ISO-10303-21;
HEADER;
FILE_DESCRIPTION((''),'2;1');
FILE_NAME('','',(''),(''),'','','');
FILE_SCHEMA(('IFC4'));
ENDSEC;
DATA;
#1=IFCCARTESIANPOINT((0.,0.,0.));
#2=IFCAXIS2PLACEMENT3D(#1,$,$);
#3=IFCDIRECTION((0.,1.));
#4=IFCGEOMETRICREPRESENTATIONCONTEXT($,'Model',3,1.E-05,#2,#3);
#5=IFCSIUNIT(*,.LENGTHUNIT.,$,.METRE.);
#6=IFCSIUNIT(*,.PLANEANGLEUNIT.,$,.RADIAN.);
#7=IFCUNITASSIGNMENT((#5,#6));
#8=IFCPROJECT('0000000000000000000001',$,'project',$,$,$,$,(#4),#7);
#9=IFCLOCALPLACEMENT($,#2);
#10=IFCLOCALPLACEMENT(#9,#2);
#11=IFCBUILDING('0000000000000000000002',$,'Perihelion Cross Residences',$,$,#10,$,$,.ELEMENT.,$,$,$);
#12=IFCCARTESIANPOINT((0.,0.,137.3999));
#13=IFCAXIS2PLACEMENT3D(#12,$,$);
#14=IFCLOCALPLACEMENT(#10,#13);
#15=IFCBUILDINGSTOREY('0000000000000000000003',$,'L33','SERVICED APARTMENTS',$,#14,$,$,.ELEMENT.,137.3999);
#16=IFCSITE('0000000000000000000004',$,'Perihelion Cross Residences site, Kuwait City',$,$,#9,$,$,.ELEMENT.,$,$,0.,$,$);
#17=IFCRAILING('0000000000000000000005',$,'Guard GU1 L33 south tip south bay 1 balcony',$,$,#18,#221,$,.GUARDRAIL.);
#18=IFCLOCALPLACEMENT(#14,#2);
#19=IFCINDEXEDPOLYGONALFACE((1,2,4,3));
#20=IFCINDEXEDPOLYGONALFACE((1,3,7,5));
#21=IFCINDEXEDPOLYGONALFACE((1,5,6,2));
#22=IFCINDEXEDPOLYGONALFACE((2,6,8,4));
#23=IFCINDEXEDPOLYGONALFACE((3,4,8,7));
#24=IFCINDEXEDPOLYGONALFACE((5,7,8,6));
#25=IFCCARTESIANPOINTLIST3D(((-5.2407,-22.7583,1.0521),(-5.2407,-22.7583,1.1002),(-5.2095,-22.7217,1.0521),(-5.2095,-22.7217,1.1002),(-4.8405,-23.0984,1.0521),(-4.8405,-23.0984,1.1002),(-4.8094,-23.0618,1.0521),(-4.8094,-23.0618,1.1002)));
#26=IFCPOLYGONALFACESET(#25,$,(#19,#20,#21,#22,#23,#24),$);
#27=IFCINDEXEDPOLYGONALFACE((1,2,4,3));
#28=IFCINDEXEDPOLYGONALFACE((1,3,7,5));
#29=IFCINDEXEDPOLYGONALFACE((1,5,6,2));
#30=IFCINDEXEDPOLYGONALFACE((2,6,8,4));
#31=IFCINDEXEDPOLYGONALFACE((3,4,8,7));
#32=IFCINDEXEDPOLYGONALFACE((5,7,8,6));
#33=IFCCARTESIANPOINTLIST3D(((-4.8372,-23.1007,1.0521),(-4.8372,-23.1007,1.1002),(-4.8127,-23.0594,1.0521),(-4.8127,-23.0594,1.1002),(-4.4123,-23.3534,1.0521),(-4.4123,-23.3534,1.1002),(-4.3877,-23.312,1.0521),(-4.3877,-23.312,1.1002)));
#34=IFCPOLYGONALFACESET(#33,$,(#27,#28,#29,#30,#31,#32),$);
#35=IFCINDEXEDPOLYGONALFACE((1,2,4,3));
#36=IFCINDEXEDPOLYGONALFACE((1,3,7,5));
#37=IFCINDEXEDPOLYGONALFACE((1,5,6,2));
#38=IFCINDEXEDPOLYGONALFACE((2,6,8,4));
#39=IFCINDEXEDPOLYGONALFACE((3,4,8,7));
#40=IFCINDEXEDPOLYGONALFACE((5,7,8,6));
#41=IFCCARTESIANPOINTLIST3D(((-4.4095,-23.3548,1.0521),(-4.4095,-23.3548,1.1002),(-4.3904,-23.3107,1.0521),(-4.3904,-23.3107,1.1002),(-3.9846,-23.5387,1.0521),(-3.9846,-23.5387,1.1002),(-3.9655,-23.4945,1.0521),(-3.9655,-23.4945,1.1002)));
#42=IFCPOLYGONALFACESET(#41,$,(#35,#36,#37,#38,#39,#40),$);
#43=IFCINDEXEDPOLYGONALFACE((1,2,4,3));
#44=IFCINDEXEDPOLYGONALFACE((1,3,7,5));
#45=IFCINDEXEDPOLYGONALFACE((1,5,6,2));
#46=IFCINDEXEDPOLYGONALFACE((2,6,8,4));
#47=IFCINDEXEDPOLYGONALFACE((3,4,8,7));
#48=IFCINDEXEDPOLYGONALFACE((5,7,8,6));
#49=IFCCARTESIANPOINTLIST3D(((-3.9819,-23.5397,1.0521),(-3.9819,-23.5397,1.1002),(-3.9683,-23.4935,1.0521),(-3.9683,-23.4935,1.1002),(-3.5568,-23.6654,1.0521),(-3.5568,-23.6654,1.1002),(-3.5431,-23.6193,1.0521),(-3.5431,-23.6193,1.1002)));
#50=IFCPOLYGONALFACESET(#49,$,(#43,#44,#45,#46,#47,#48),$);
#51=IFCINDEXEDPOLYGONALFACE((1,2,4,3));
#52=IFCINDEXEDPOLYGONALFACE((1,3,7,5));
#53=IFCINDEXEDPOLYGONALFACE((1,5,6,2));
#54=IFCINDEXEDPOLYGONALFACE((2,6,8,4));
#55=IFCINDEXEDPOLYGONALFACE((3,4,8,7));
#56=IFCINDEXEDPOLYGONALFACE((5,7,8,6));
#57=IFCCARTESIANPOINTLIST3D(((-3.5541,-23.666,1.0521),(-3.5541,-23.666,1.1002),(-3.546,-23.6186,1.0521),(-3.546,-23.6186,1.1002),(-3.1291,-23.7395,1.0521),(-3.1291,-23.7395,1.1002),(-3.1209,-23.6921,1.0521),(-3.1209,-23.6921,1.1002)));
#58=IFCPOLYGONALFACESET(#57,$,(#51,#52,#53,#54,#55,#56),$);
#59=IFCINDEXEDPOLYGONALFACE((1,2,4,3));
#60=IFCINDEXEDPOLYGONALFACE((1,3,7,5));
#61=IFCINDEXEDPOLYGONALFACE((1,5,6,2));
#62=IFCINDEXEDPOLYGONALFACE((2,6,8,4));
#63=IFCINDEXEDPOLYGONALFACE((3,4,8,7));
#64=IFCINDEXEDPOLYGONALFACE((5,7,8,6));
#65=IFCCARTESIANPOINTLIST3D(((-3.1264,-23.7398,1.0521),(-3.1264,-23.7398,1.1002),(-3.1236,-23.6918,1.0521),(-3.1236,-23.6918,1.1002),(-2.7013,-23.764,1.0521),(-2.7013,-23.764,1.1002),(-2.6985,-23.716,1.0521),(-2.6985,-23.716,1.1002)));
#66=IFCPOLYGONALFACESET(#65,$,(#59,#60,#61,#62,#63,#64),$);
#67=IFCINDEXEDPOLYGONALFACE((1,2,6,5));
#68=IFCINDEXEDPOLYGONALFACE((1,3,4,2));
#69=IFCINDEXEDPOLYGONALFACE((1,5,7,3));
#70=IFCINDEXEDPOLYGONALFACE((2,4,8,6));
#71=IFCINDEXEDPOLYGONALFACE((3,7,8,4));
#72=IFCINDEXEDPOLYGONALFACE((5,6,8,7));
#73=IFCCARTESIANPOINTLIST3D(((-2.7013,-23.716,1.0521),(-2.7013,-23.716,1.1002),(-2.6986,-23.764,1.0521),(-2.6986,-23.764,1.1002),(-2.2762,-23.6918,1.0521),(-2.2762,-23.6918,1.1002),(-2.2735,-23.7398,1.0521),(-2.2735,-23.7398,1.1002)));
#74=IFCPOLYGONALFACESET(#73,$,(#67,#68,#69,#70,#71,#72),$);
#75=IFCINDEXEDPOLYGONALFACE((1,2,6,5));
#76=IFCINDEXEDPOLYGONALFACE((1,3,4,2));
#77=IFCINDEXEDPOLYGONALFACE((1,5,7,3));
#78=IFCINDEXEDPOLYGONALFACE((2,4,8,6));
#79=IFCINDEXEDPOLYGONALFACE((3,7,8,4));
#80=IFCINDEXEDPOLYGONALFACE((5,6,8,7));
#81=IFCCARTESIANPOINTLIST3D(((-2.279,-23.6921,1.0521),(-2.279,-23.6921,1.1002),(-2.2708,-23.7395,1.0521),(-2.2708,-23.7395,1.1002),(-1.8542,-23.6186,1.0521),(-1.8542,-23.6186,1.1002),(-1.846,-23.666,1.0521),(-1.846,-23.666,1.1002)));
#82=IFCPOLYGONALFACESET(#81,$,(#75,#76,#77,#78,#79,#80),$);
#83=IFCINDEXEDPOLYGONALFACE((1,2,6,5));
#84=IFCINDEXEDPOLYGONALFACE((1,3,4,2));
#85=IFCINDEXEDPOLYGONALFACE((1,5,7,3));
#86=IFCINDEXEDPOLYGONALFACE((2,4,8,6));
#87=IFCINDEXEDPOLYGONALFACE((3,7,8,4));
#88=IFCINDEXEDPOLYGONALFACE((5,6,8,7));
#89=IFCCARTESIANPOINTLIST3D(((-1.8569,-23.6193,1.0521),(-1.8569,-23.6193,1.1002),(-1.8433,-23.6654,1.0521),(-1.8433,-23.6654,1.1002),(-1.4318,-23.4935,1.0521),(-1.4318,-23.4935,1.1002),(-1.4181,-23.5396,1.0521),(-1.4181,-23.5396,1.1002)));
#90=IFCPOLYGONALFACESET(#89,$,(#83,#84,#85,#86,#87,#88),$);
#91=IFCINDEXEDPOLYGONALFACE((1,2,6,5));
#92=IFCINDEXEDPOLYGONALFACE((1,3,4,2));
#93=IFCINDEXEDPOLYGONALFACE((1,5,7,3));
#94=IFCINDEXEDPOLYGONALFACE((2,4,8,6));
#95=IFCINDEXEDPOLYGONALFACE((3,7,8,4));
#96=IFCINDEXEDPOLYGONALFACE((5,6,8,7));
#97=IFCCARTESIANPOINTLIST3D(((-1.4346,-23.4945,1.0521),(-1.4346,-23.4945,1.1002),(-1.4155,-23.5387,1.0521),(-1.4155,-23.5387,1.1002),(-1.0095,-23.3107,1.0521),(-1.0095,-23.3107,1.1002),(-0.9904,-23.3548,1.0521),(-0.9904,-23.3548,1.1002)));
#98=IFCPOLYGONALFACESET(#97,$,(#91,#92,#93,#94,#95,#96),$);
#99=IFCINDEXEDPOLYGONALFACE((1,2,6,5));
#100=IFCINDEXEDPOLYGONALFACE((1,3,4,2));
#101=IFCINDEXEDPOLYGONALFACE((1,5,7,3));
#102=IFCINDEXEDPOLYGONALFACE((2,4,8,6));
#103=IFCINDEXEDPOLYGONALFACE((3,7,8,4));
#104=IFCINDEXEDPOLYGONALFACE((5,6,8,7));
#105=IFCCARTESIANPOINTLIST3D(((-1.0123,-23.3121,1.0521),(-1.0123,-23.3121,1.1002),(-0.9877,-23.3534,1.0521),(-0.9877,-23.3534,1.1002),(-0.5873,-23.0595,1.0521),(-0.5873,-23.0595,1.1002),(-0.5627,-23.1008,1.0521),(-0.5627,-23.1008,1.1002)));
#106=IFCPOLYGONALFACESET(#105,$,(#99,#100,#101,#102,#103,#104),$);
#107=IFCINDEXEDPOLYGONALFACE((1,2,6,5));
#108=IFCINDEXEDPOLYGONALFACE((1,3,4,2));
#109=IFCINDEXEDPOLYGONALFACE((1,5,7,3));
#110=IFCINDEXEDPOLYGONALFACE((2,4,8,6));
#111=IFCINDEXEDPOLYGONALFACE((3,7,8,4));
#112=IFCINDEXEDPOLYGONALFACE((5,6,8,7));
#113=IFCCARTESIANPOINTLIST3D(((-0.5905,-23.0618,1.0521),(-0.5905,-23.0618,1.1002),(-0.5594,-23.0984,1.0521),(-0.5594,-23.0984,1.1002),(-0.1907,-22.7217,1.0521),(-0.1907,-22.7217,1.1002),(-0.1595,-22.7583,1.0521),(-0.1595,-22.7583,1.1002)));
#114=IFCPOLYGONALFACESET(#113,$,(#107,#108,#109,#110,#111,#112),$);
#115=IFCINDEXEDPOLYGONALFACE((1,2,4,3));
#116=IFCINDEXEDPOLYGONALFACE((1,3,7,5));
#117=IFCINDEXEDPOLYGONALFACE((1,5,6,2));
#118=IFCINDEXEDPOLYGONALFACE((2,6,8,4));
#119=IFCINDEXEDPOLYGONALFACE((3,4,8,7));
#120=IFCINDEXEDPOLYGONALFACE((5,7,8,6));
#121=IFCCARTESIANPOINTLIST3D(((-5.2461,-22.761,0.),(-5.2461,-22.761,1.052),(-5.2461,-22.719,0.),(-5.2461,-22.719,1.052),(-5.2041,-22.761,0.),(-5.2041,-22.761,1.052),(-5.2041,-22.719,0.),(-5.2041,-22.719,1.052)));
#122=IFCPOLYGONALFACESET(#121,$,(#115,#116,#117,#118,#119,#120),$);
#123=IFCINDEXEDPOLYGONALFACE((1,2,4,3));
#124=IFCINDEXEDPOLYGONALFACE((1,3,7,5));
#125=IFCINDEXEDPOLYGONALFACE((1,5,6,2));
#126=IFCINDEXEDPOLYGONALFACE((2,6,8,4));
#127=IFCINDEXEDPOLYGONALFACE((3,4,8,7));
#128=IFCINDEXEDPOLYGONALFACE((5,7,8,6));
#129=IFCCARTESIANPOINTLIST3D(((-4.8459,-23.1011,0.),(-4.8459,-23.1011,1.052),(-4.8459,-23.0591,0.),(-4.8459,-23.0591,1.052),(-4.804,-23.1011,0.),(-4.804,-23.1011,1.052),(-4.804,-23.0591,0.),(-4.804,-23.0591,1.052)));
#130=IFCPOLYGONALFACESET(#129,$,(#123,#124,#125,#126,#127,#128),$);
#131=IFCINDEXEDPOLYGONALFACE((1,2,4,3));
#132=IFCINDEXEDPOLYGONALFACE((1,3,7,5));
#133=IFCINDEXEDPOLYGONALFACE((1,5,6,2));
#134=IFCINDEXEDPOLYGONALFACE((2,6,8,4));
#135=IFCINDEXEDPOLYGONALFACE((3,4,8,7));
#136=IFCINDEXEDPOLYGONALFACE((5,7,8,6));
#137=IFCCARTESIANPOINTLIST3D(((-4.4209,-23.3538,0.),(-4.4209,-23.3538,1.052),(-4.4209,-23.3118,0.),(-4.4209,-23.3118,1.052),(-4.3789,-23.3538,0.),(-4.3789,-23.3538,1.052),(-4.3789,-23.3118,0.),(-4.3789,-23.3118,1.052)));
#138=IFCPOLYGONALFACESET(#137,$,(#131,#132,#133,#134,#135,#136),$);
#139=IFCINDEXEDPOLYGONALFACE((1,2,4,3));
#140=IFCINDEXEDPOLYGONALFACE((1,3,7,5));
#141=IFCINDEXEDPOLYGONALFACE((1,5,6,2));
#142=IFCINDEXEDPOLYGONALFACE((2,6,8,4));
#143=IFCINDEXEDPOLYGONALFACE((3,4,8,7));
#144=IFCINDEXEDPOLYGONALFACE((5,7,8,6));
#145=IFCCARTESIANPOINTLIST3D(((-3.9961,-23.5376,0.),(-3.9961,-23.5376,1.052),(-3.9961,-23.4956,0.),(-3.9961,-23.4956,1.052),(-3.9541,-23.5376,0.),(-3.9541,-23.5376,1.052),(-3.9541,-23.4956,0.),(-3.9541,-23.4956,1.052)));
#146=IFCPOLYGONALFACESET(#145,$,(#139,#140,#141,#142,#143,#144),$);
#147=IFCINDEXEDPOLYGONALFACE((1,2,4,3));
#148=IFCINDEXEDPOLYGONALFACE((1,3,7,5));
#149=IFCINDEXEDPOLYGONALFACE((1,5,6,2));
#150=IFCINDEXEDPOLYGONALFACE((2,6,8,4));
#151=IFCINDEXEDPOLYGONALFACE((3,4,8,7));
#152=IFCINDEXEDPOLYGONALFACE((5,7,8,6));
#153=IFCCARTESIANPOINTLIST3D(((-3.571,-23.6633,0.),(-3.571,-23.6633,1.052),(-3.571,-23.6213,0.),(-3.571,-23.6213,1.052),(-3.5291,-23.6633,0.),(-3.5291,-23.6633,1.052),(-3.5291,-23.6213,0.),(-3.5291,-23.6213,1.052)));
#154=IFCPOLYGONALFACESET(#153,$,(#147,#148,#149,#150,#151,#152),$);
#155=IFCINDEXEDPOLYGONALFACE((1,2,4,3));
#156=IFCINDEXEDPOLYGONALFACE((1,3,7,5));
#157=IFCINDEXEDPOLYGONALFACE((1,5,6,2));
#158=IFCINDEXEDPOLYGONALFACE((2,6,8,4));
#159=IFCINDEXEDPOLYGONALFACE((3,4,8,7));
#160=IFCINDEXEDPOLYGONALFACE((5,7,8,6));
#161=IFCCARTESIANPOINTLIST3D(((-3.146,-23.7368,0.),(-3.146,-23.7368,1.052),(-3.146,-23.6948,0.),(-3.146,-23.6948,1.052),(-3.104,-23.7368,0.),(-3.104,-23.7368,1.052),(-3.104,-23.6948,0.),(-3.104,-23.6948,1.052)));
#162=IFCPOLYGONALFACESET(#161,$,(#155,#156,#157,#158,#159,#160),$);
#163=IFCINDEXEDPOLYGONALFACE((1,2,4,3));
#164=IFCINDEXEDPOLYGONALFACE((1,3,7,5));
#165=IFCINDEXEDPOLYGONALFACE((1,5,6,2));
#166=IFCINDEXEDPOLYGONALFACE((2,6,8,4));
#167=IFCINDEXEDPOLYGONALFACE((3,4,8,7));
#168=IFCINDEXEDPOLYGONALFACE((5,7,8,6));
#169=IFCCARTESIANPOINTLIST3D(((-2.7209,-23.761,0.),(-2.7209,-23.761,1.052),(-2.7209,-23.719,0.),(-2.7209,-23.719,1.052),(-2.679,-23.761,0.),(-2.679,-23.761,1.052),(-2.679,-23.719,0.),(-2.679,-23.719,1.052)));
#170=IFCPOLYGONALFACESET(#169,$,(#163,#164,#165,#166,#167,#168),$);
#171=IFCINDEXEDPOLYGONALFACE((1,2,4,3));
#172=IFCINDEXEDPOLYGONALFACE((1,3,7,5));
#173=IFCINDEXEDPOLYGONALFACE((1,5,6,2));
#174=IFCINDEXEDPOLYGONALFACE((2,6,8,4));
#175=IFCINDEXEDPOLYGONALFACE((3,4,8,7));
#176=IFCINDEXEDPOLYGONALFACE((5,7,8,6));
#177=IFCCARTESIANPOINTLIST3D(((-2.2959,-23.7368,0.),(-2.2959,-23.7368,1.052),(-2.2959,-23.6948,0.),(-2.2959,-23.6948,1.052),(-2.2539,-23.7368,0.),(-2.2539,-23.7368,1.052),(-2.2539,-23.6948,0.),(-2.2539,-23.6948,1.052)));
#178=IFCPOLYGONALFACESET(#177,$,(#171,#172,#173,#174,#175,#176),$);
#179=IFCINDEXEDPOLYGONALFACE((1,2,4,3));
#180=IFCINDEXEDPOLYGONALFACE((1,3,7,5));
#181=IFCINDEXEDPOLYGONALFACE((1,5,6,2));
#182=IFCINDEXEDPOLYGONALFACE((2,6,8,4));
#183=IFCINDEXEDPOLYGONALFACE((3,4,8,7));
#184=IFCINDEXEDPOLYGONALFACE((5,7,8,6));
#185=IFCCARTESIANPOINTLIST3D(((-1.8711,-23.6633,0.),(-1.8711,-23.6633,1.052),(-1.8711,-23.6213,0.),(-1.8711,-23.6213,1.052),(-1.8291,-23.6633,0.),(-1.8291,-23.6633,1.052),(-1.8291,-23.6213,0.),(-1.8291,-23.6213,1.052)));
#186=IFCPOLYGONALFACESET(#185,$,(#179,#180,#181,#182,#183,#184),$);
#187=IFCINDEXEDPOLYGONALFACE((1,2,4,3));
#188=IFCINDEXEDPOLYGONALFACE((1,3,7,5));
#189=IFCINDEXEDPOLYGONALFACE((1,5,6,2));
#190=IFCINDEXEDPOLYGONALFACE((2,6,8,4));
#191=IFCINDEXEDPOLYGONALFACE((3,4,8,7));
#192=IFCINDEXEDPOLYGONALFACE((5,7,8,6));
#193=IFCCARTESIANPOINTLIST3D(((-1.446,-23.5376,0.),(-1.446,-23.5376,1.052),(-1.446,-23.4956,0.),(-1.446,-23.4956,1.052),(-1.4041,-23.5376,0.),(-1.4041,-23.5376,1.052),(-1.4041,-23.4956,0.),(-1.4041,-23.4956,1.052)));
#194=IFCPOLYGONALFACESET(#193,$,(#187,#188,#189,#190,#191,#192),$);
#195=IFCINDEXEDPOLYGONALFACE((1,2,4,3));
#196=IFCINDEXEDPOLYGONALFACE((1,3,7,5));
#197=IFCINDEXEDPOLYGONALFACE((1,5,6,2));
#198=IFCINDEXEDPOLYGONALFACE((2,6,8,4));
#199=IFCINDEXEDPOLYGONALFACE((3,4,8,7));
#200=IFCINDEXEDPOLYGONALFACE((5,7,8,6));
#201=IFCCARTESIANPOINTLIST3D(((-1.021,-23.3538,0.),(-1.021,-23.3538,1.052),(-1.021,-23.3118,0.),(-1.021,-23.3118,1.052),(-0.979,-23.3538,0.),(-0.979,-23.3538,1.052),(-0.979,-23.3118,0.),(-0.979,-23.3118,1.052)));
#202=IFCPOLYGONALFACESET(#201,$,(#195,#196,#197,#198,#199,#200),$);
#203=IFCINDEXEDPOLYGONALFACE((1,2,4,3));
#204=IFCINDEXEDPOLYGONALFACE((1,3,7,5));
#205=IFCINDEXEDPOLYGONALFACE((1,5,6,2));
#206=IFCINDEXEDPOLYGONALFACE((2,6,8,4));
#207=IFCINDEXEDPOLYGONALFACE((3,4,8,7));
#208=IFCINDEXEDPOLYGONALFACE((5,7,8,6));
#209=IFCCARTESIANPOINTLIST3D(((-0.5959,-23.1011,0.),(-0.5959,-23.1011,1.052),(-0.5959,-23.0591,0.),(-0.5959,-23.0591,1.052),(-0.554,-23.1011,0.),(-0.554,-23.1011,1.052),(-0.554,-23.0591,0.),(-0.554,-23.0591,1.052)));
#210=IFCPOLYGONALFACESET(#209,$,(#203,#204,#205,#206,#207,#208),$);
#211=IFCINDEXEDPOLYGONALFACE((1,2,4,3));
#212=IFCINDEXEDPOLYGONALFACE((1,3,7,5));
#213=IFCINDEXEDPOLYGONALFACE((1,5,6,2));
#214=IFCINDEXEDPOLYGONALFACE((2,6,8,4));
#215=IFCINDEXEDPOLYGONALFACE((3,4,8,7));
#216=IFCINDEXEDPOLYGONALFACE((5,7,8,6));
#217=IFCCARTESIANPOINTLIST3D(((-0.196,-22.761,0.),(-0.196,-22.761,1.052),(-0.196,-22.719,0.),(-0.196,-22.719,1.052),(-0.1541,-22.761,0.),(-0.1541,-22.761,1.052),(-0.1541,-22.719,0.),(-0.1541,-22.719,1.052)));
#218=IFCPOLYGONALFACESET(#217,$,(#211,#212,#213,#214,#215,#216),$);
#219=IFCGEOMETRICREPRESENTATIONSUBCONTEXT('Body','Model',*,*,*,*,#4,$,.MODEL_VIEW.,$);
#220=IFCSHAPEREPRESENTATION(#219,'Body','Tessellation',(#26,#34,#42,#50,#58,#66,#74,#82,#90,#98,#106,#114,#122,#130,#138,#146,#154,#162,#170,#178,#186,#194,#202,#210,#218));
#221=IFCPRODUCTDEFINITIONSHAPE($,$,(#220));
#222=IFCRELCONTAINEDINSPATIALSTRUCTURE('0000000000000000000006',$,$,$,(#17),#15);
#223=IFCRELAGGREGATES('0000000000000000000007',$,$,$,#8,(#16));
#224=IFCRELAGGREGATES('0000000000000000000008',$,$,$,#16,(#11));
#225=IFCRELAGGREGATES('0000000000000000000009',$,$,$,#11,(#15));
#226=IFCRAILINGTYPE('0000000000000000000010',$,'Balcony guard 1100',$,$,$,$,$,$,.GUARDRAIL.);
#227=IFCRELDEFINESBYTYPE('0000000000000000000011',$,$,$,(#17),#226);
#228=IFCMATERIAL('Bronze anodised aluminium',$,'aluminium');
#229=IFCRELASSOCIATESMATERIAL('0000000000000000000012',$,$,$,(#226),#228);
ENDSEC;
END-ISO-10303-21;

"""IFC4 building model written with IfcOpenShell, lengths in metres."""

from ifc_helpers import new_model, si_unit, direction, frame, origin, origin_2d, place, context, subcontext, project, spatial, rectangle, extrude, material, type_object, element, save


model = new_model("IFC4")

# Units and contexts
model_context = context("Model", 3, precision=1e-05, world=origin(), true_north=direction((0.0, 1.0)))
body_context = subcontext(model_context, "Body", "Model", "MODEL_VIEW")
ifc_project = project(units=[si_unit("LENGTHUNIT", "METRE"), si_unit("PLANEANGLEUNIT", "RADIAN")], contexts=[model_context])

# Site, building, storey
site_placement = place(None, origin())
site = spatial("IfcSite", under=ifc_project, at=site_placement, Name="Perihelion Cross Residences site, Kuwait City", CompositionType="ELEMENT", RefElevation=0.0)
building_placement = place(site_placement, origin())
building = spatial("IfcBuilding", under=site, at=building_placement, Name="Perihelion Cross Residences", CompositionType="ELEMENT")
storey_placement = place(building_placement, frame((0.0, 0.0, 137.3999)))
storey = spatial("IfcBuildingStorey", under=building, at=storey_placement, Name="L33", Description="SERVICED APARTMENTS", CompositionType="ELEMENT", Elevation=137.3999)

# Railing
ifc_material_1 = material(Name="Bronze anodised aluminium", Category="aluminium")
railing_type = type_object("IfcRailingType", Name="Balcony guard 1100", PredefinedType="GUARDRAIL", material=ifc_material_1)
railing_1_placement = place(storey_placement, frame((-5.2251, -22.74, 0.0)))
element("IfcRailing", 1, at=railing_1_placement, inside=storey, type_object=railing_type, Name="Guard GU1 L33 south tip south bay 1 balcony", PredefinedType="GUARDRAIL", context=body_context, shape_type="SweptSolid", body=[
    extrude(rectangle(XDim=0.0481, YDim=0.0481, at=origin_2d()), frame((0.0, 0.0, 1.0762), z_axis=(0.761974, -0.647608, 0.0), x_axis=(0.647608, 0.761974, 0.0)), (0.0, 0.0, 1.0), 0.5251),
    extrude(rectangle(XDim=0.0481, YDim=0.0481, at=origin_2d()), frame((0.4001, -0.3401, 1.0762), z_axis=(0.859577, -0.511006, 0.0), x_axis=(0.511006, 0.859577, 0.0)), (0.0, 0.0, 1.0), 0.4944),
    extrude(rectangle(XDim=0.0481, YDim=0.0481, at=origin_2d()), frame((0.8252, -0.5928, 1.0762), z_axis=(0.917748, -0.397163, 0.0), x_axis=(0.397163, 0.917748, 0.0)), (0.0, 0.0, 1.0), 0.4629),
    extrude(rectangle(XDim=0.0481, YDim=0.0481, at=origin_2d()), frame((1.25, -0.7766, 1.0762), z_axis=(0.958926, -0.283657, 0.0), x_axis=(0.283657, 0.958926, 0.0)), (0.0, 0.0, 1.0), 0.4434),
    extrude(rectangle(XDim=0.0481, YDim=0.0481, at=origin_2d()), frame((1.675, -0.9023, 1.0762), z_axis=(0.985382, -0.170362, 0.0), x_axis=(0.170362, 0.985382, 0.0)), (0.0, 0.0, 1.0), 0.4314),
    extrude(rectangle(XDim=0.0481, YDim=0.0481, at=origin_2d()), frame((2.1001, -0.9758, 1.0762), z_axis=(0.998387, -0.056772, 0.0), x_axis=(0.056772, 0.998387, 0.0)), (0.0, 0.0, 1.0), 0.4258),
    extrude(rectangle(XDim=0.0481, YDim=0.0481, at=origin_2d()), frame((2.5251, -1.0, 1.0762), z_axis=(0.998387, 0.056772, 0.0), x_axis=(-0.056772, 0.998387, 0.0)), (0.0, 0.0, 1.0), 0.4258),
    extrude(rectangle(XDim=0.0481, YDim=0.0481, at=origin_2d()), frame((2.9502, -0.9758, 1.0762), z_axis=(0.985365, 0.170457, 0.0), x_axis=(-0.170457, 0.985365, 0.0)), (0.0, 0.0, 1.0), 0.4312),
    extrude(rectangle(XDim=0.0481, YDim=0.0481, at=origin_2d()), frame((3.375, -0.9023, 1.0762), z_axis=(0.958926, 0.283657, 0.0), x_axis=(-0.283657, 0.958926, 0.0)), (0.0, 0.0, 1.0), 0.4434),
    extrude(rectangle(XDim=0.0481, YDim=0.0481, at=origin_2d()), frame((3.8, -0.7766, 1.0762), z_axis=(0.917831, 0.396971, 0.0), x_axis=(-0.396971, 0.917831, 0.0)), (0.0, 0.0, 1.0), 0.4631),
    extrude(rectangle(XDim=0.0481, YDim=0.0481, at=origin_2d()), frame((4.2251, -0.5928, 1.0762), z_axis=(0.859577, 0.511006, 0.0), x_axis=(-0.511006, 0.859577, 0.0)), (0.0, 0.0, 1.0), 0.4944),
    extrude(rectangle(XDim=0.0481, YDim=0.0481, at=origin_2d()), frame((4.6501, -0.3401, 1.0762), z_axis=(0.761779, 0.647837, 0.0), x_axis=(-0.647837, 0.761779, 0.0)), (0.0, 0.0, 1.0), 0.5249),
    extrude(rectangle(XDim=0.042, YDim=0.042, at=origin_2d()), origin(), (0.0, 0.0, 1.0), 1.052),
    extrude(rectangle(XDim=0.042, YDim=0.042, at=origin_2d()), frame((0.4001, -0.3401, 0.0)), (0.0, 0.0, 1.0), 1.052),
    extrude(rectangle(XDim=0.042, YDim=0.042, at=origin_2d()), frame((0.8252, -0.5928, 0.0)), (0.0, 0.0, 1.0), 1.052),
    extrude(rectangle(XDim=0.042, YDim=0.042, at=origin_2d()), frame((1.25, -0.7766, 0.0)), (0.0, 0.0, 1.0), 1.052),
    extrude(rectangle(XDim=0.042, YDim=0.042, at=origin_2d()), frame((1.675, -0.9023, 0.0)), (0.0, 0.0, 1.0), 1.052),
    extrude(rectangle(XDim=0.042, YDim=0.042, at=origin_2d()), frame((2.1001, -0.9758, 0.0)), (0.0, 0.0, 1.0), 1.052),
    extrude(rectangle(XDim=0.042, YDim=0.042, at=origin_2d()), frame((2.5251, -1.0, 0.0)), (0.0, 0.0, 1.0), 1.052),
    extrude(rectangle(XDim=0.042, YDim=0.042, at=origin_2d()), frame((2.9502, -0.9758, 0.0)), (0.0, 0.0, 1.0), 1.052),
    extrude(rectangle(XDim=0.042, YDim=0.042, at=origin_2d()), frame((3.375, -0.9023, 0.0)), (0.0, 0.0, 1.0), 1.052),
    extrude(rectangle(XDim=0.042, YDim=0.042, at=origin_2d()), frame((3.8, -0.7766, 0.0)), (0.0, 0.0, 1.0), 1.052),
    extrude(rectangle(XDim=0.042, YDim=0.042, at=origin_2d()), frame((4.2251, -0.5928, 0.0)), (0.0, 0.0, 1.0), 1.052),
    extrude(rectangle(XDim=0.042, YDim=0.042, at=origin_2d()), frame((4.6501, -0.3401, 0.0)), (0.0, 0.0, 1.0), 1.052),
    extrude(rectangle(XDim=0.042, YDim=0.042, at=origin_2d()), frame((5.05, 0.0, 0.0)), (0.0, 0.0, 1.0), 1.052),
])

save(model, "model.ifc")
